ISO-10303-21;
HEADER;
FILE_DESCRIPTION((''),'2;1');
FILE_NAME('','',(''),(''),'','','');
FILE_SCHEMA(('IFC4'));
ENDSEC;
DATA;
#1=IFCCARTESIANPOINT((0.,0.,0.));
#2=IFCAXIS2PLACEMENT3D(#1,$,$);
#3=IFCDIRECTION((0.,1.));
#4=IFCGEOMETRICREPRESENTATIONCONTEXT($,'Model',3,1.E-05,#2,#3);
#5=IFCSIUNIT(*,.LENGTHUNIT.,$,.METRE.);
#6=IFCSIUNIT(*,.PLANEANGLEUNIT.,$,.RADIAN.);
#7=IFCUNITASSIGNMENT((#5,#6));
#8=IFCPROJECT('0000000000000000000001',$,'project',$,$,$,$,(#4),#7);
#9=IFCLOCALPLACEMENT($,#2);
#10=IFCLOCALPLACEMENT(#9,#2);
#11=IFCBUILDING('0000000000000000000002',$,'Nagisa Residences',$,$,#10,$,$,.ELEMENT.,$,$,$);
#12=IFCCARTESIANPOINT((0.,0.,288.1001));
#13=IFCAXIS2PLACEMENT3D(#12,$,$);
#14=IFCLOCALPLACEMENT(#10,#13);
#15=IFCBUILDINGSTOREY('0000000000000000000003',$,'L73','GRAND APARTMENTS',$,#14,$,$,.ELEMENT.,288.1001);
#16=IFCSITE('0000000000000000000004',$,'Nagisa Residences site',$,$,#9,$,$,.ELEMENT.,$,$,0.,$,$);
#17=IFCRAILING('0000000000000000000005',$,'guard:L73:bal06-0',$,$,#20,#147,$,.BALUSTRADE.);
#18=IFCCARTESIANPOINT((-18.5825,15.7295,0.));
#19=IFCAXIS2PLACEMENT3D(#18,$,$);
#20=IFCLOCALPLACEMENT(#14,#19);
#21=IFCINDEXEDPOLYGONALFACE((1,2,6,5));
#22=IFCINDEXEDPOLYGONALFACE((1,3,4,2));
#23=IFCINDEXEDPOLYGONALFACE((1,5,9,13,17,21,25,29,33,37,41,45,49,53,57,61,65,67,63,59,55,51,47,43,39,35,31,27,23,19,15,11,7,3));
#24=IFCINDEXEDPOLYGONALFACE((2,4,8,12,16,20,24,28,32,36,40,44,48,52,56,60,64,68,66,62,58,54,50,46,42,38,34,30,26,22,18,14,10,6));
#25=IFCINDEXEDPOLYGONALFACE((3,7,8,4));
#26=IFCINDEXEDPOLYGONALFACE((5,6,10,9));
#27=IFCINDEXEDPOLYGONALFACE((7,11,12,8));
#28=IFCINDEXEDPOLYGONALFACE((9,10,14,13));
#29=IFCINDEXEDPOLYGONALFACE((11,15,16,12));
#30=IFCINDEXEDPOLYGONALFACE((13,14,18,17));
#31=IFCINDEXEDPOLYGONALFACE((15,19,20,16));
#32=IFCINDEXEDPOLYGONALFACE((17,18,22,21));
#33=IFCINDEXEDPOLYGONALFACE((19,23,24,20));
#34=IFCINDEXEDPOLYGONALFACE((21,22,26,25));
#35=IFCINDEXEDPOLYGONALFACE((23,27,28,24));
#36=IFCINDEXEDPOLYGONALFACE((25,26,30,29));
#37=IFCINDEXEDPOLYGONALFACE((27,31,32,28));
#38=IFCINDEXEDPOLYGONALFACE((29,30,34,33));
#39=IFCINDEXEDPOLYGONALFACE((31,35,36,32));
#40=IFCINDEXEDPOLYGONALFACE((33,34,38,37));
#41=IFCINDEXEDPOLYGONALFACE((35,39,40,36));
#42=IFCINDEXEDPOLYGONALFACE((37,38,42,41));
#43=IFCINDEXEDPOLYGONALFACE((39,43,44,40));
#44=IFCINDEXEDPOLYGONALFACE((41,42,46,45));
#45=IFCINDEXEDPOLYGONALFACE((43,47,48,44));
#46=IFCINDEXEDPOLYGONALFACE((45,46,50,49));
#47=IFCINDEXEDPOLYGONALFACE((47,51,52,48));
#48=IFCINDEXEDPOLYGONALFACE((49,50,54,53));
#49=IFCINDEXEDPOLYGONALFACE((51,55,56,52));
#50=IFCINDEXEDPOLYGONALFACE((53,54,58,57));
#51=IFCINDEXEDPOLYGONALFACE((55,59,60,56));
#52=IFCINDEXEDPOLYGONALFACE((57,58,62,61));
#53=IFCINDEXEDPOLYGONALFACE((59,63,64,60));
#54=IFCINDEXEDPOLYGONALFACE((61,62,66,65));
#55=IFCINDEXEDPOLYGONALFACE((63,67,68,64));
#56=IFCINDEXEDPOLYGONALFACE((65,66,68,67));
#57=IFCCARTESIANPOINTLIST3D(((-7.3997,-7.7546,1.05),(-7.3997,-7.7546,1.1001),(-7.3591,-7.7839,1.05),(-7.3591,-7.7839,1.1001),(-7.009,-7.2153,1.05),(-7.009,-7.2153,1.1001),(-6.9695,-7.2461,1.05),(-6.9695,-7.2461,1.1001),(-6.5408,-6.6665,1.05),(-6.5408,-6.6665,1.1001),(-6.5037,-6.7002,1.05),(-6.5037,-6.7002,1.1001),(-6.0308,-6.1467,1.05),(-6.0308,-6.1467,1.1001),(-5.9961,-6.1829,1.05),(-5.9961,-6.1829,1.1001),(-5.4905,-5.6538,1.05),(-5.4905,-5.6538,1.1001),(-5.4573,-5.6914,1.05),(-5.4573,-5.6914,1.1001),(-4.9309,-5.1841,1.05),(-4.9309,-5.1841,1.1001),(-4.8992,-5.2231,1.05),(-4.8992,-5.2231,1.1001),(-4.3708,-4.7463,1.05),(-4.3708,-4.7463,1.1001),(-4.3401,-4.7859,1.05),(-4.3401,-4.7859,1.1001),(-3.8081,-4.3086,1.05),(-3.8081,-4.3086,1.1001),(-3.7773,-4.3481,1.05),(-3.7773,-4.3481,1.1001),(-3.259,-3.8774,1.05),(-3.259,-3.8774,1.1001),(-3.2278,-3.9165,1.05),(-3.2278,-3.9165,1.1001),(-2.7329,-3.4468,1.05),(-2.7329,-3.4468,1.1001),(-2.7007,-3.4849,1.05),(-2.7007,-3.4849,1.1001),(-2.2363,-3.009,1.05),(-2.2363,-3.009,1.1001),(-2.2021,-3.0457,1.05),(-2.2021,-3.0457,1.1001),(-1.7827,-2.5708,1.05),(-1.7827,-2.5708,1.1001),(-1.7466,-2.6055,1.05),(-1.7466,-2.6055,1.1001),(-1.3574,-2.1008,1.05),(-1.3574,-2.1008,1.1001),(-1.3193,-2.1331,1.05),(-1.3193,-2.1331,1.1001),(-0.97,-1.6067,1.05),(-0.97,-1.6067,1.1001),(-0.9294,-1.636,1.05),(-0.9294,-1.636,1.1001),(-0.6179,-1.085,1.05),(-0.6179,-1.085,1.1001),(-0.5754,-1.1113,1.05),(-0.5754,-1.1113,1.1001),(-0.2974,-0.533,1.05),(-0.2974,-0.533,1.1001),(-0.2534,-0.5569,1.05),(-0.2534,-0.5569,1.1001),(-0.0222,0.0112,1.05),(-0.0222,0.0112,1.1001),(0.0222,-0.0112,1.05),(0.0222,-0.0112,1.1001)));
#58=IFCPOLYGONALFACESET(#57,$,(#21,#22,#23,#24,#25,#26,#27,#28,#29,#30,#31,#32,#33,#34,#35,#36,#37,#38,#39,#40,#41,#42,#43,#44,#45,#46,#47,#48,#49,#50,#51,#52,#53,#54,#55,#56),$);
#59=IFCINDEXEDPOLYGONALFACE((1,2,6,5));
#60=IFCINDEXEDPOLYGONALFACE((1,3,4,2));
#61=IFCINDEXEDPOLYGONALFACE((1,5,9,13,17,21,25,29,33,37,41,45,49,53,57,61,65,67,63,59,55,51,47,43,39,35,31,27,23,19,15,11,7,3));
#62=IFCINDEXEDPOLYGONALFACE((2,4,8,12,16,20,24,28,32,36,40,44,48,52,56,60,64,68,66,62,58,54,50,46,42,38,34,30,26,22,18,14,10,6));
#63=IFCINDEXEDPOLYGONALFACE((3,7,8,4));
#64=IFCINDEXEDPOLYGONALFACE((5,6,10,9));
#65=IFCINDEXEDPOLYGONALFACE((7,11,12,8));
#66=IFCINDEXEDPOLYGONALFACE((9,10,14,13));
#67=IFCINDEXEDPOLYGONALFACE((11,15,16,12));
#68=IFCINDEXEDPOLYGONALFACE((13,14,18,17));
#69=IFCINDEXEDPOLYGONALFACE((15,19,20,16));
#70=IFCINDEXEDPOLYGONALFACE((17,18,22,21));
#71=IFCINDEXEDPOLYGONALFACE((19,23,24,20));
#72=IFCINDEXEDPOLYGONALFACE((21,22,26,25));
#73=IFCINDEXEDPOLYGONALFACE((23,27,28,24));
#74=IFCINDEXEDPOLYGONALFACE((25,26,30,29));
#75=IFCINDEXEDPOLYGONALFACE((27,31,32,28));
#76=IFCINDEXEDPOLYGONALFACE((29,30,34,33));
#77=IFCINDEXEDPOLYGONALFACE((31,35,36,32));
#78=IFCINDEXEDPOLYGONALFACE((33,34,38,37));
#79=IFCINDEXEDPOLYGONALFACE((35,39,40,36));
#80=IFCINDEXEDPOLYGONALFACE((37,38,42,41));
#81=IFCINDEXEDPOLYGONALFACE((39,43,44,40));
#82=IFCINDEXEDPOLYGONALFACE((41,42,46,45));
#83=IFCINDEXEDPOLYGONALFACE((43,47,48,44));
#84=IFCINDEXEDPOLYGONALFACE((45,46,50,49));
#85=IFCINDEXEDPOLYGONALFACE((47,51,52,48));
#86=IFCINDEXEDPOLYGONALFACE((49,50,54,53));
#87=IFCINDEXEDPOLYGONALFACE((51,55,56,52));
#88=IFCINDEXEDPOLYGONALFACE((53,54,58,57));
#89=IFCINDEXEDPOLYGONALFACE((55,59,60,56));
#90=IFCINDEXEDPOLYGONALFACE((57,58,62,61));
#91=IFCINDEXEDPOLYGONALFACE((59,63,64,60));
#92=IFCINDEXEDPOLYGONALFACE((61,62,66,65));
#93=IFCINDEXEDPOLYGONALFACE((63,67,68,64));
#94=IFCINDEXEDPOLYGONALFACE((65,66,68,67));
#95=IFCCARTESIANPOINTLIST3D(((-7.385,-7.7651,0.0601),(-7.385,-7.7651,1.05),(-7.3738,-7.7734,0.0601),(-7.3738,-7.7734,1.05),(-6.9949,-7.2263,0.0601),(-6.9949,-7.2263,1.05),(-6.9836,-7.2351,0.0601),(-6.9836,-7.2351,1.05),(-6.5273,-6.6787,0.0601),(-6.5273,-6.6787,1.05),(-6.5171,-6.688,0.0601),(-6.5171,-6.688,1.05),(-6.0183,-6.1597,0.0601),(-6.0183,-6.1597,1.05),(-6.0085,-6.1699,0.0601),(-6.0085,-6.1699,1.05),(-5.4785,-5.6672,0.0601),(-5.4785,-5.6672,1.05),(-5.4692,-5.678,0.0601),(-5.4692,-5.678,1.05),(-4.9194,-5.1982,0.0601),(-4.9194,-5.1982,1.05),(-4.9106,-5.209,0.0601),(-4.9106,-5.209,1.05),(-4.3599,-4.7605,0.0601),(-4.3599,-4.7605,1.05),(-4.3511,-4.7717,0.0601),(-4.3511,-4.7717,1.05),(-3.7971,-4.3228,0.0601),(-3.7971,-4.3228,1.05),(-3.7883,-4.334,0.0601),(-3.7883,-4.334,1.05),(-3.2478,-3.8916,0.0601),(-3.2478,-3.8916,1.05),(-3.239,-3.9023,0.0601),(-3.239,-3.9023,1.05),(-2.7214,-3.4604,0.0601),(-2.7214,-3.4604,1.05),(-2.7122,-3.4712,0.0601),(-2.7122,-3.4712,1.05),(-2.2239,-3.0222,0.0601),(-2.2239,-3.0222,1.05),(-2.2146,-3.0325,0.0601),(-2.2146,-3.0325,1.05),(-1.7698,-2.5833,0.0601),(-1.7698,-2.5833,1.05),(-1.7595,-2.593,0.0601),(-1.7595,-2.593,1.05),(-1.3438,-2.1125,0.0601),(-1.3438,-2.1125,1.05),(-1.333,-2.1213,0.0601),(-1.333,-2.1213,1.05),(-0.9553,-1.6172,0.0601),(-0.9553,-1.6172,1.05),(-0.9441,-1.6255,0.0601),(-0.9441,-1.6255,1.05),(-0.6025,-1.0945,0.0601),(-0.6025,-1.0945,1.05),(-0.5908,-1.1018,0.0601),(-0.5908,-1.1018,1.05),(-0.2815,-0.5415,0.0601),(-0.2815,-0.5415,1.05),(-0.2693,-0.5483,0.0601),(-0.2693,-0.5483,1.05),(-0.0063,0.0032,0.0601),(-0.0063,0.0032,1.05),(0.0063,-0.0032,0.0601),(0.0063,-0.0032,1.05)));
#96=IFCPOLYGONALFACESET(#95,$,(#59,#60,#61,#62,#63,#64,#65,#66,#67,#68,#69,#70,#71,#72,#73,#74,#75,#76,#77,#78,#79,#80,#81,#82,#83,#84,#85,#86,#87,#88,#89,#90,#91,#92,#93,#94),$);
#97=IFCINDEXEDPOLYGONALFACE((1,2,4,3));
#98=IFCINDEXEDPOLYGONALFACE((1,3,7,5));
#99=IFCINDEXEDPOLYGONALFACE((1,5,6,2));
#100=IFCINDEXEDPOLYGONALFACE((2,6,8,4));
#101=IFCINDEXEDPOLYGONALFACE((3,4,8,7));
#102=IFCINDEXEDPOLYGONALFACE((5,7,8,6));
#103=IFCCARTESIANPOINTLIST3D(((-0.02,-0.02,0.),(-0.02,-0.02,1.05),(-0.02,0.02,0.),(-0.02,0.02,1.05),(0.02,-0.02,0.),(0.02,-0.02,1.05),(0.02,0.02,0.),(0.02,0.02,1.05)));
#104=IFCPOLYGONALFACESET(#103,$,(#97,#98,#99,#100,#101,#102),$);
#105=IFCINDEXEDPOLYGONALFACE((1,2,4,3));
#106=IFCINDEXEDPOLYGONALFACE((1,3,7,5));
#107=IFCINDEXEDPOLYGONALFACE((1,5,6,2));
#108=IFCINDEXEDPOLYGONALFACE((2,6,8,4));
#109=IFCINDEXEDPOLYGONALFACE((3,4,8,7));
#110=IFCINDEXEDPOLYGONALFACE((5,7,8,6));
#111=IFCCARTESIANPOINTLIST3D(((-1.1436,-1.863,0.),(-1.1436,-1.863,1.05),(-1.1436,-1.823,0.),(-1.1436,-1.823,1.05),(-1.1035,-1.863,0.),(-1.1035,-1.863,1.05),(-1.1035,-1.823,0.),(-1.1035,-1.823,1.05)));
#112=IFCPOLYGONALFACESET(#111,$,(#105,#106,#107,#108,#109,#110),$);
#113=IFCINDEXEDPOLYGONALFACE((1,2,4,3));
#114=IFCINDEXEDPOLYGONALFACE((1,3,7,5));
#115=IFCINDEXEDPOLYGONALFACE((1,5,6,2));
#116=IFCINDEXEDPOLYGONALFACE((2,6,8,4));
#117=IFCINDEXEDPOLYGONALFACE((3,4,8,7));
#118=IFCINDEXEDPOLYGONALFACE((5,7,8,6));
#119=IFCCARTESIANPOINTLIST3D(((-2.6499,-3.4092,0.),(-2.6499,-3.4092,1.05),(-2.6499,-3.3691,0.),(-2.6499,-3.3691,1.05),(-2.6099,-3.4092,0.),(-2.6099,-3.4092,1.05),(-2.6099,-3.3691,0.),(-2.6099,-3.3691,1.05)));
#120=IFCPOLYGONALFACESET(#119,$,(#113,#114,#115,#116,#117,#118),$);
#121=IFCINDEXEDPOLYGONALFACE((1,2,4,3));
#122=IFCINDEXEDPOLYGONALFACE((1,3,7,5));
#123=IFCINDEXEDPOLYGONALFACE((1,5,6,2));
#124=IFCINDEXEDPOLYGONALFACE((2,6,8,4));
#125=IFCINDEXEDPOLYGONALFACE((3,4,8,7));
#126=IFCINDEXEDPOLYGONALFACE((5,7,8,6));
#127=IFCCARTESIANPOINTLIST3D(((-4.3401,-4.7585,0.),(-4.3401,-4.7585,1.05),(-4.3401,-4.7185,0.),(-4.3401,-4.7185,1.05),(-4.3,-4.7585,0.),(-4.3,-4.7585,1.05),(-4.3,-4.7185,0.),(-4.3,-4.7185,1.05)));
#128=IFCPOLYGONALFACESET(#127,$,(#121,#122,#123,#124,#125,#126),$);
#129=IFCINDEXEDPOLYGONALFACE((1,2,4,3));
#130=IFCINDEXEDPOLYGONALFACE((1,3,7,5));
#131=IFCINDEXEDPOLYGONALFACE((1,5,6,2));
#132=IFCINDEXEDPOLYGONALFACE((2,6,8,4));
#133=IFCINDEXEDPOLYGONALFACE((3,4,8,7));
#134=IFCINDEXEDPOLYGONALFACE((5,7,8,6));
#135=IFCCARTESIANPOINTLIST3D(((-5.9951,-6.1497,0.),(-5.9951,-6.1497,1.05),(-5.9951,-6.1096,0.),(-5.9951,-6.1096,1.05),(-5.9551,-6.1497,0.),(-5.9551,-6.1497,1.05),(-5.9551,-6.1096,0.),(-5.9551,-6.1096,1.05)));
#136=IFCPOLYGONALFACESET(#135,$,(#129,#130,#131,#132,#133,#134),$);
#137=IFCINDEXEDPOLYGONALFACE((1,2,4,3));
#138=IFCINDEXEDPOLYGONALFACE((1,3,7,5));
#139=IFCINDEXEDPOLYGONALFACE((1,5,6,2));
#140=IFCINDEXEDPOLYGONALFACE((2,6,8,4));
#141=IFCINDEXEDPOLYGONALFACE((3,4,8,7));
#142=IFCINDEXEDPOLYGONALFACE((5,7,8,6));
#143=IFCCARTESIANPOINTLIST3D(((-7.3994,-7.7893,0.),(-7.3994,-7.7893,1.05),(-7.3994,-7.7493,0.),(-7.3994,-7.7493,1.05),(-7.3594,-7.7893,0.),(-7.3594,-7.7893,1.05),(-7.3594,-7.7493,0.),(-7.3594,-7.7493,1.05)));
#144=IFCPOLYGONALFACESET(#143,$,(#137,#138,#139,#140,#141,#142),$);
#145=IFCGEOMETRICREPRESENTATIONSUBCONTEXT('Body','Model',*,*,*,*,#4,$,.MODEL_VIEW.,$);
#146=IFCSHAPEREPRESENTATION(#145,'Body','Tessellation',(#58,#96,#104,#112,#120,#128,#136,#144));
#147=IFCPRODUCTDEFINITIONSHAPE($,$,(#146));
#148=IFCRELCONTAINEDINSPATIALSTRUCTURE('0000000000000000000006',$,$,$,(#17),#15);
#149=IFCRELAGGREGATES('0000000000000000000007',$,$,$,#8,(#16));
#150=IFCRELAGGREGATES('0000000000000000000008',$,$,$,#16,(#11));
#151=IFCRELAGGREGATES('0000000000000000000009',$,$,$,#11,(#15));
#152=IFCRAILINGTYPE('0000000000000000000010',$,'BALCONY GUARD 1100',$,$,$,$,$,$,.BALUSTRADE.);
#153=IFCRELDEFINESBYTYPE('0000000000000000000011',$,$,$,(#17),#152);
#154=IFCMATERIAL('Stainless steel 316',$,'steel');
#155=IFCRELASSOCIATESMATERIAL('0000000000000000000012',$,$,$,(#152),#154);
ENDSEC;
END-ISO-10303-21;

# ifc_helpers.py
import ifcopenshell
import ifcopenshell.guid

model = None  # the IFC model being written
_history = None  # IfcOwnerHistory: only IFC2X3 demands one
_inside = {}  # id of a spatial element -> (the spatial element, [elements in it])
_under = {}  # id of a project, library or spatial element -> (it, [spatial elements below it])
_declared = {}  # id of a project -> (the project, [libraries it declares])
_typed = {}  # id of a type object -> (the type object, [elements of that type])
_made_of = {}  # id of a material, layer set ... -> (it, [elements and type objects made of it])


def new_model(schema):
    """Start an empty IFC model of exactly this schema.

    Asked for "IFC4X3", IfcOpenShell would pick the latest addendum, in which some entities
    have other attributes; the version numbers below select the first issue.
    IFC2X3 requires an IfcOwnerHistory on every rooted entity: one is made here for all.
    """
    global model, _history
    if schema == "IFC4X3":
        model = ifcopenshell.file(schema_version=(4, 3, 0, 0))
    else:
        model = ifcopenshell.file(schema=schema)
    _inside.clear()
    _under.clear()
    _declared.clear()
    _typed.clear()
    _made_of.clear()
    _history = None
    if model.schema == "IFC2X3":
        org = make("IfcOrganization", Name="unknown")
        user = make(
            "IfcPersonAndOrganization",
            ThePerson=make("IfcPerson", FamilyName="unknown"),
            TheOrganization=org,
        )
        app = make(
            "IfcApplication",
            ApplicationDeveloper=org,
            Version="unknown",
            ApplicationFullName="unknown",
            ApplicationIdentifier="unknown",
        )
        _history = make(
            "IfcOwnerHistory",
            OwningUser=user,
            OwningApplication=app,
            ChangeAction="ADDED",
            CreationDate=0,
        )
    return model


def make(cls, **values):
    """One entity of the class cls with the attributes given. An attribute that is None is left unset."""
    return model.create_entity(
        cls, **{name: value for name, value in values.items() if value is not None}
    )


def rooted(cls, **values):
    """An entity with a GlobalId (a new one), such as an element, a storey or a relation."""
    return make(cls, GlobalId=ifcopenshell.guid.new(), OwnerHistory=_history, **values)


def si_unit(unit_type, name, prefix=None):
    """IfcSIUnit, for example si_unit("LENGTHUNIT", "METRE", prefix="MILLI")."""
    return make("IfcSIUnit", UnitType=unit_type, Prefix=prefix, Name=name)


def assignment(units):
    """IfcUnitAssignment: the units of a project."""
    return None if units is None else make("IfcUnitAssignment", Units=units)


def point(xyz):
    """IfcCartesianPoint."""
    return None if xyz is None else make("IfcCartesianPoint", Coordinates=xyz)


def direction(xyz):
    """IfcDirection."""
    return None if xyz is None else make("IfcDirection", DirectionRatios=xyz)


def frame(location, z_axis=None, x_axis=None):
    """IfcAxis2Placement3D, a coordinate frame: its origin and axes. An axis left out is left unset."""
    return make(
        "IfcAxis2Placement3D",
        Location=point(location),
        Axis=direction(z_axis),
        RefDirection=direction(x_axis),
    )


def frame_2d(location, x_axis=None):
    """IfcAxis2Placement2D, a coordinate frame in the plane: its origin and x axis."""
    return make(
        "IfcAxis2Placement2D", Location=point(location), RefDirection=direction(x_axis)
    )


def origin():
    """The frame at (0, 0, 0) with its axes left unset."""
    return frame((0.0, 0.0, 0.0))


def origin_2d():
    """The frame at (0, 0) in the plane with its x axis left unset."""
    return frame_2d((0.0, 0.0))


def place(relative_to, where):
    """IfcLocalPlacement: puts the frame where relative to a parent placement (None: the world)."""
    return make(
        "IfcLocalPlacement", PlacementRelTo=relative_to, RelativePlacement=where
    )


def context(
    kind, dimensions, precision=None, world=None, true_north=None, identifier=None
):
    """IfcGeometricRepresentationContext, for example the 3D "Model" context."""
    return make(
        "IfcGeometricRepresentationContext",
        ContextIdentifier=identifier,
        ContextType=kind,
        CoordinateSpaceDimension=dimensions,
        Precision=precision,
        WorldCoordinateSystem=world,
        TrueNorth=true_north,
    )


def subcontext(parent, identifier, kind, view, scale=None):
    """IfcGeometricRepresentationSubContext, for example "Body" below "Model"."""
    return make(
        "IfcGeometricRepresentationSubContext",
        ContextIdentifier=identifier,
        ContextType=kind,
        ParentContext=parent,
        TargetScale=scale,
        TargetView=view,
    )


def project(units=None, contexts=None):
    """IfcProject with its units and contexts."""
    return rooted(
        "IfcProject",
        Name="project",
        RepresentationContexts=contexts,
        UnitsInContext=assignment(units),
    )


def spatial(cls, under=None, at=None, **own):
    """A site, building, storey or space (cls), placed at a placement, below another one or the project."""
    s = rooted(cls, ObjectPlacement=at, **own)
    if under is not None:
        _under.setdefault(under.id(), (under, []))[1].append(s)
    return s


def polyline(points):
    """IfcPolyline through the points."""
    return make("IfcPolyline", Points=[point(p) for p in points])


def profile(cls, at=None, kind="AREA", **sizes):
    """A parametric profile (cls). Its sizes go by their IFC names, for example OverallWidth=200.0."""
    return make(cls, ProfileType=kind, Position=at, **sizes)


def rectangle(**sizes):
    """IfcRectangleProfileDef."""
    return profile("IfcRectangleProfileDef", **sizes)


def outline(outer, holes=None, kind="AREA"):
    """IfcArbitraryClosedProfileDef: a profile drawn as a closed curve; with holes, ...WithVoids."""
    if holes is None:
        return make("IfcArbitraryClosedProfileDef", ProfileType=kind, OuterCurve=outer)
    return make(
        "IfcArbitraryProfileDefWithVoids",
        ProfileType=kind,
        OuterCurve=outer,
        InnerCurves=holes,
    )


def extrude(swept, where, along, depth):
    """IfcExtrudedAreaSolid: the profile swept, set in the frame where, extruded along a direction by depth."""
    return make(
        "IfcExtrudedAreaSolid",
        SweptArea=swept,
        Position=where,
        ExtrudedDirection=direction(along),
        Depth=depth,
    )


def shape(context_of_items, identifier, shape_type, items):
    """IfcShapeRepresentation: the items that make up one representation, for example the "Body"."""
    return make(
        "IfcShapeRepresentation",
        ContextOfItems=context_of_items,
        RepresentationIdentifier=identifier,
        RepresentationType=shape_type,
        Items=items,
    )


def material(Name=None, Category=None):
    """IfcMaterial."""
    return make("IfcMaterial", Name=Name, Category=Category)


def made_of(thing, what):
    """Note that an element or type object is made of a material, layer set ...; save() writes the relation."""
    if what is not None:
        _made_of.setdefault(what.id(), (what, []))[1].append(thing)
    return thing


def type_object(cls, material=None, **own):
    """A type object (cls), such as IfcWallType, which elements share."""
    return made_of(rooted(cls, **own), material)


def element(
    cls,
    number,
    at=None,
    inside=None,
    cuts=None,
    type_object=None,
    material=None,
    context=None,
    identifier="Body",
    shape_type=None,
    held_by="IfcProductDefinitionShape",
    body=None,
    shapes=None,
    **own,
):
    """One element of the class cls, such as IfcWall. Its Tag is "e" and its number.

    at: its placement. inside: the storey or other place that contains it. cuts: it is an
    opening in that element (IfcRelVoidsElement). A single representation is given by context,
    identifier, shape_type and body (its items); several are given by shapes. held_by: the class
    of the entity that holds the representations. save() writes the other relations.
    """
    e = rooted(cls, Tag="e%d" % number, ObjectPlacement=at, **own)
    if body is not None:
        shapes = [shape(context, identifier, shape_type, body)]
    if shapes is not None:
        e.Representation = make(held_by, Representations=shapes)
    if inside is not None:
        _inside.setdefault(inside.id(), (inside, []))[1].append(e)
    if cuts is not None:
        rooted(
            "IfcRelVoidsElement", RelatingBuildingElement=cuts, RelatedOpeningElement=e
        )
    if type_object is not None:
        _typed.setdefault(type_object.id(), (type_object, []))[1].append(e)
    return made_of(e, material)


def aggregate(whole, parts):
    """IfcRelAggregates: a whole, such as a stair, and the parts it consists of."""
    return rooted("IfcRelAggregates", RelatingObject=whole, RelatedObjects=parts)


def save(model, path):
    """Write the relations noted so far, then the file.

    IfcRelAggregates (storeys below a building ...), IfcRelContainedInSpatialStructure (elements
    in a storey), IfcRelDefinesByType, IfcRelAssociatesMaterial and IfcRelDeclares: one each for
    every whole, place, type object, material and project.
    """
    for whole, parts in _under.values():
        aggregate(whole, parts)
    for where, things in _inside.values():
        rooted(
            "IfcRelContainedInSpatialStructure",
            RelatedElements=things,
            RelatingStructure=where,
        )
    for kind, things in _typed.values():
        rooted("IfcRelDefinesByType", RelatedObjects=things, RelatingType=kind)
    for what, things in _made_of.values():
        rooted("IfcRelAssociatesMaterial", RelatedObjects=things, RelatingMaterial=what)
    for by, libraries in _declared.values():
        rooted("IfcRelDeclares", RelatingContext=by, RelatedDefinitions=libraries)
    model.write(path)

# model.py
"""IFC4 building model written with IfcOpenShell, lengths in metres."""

from ifc_helpers import new_model, si_unit, direction, frame, origin, origin_2d, place, context, subcontext, project, spatial, polyline, rectangle, outline, extrude, material, type_object, element, save


model = new_model("IFC4")

# Units and contexts
model_context = context("Model", 3, precision=1e-05, world=origin(), true_north=direction((0.0, 1.0)))
body_context = subcontext(model_context, "Body", "Model", "MODEL_VIEW")
ifc_project = project(units=[si_unit("LENGTHUNIT", "METRE"), si_unit("PLANEANGLEUNIT", "RADIAN")], contexts=[model_context])

# Site, building, storey
site_placement = place(None, origin())
site = spatial("IfcSite", under=ifc_project, at=site_placement, Name="Nagisa Residences site", CompositionType="ELEMENT", RefElevation=0.0)
building_placement = place(site_placement, origin())
building = spatial("IfcBuilding", under=site, at=building_placement, Name="Nagisa Residences", CompositionType="ELEMENT")
storey_placement = place(building_placement, frame((0.0, 0.0, 288.1001)))
storey = spatial("IfcBuildingStorey", under=building, at=storey_placement, Name="L73", Description="GRAND APARTMENTS", CompositionType="ELEMENT", Elevation=288.1001)

# Railing
ifc_material_1 = material(Name="Stainless steel 316", Category="steel")
railing_type = type_object("IfcRailingType", Name="BALCONY GUARD 1100", PredefinedType="BALUSTRADE", material=ifc_material_1)
railing_1_placement = place(storey_placement, frame((-18.5825, 15.7295, 0.0)))
element("IfcRailing", 1, at=railing_1_placement, inside=storey, type_object=railing_type, Name="guard:L73:bal06-0", PredefinedType="BALUSTRADE", context=body_context, shape_type="SweptSolid", body=[
    extrude(outline(polyline([(-0.2534, -0.5569), (0.0222, -0.0112), (-0.0222, 0.0112), (-0.2974, -0.533), (-0.6179, -1.085), (-0.97, -1.6067), (-1.3574, -2.1008), (-1.7827, -2.5708), (-2.2363, -3.009), (-2.7329, -3.4468), (-3.259, -3.8774), (-3.8081, -4.3086), (-4.3708, -4.7463), (-4.9309, -5.1841), (-5.4905, -5.6538), (-6.0308, -6.1467), (-6.5408, -6.6665), (-7.009, -7.2153), (-7.3997, -7.7546), (-7.3591, -7.7839), (-6.9695, -7.2461), (-6.5037, -6.7002), (-5.9961, -6.1829), (-5.4573, -5.6914), (-4.8992, -5.2231), (-4.3401, -4.7859), (-3.7773, -4.3481), (-3.2278, -3.9165), (-2.7007, -3.4849), (-2.2021, -3.0457), (-1.7466, -2.6055), (-1.3193, -2.1331), (-0.9294, -1.636), (-0.5754, -1.1113), (-0.2534, -0.5569)])), frame((0.0, 0.0, 1.05)), (0.0, 0.0, 1.0), 0.05),
    extrude(outline(polyline([(-0.2693, -0.5483), (0.0063, -0.0032), (-0.0063, 0.0032), (-0.2815, -0.5415), (-0.6025, -1.0945), (-0.9553, -1.6172), (-1.3438, -2.1125), (-1.7698, -2.5833), (-2.2239, -3.0222), (-2.7214, -3.4604), (-3.2478, -3.8916), (-3.7971, -4.3228), (-4.3599, -4.7605), (-4.9194, -5.1982), (-5.4785, -5.6672), (-6.0183, -6.1597), (-6.5273, -6.6787), (-6.9949, -7.2263), (-7.385, -7.7651), (-7.3738, -7.7734), (-6.9836, -7.2351), (-6.5171, -6.688), (-6.0085, -6.1699), (-5.4692, -5.678), (-4.9106, -5.209), (-4.3511, -4.7717), (-3.7883, -4.334), (-3.239, -3.9023), (-2.7122, -3.4712), (-2.2146, -3.0325), (-1.7595, -2.593), (-1.333, -2.1213), (-0.9441, -1.6255), (-0.5908, -1.1018), (-0.2693, -0.5483)])), frame((0.0, 0.0, 0.0601)), (0.0, 0.0, 1.0), 0.99),
    extrude(rectangle(XDim=0.04, YDim=0.04, at=origin_2d()), origin(), (0.0, 0.0, 1.0), 1.05),
    extrude(rectangle(XDim=0.04, YDim=0.04, at=origin_2d()), frame((-1.1235, -1.843, 0.0)), (0.0, 0.0, 1.0), 1.05),
    extrude(rectangle(XDim=0.04, YDim=0.04, at=origin_2d()), frame((-2.6299, -3.3892, 0.0)), (0.0, 0.0, 1.0), 1.05),
    extrude(rectangle(XDim=0.04, YDim=0.04, at=origin_2d()), frame((-4.3201, -4.7385, 0.0)), (0.0, 0.0, 1.0), 1.05),
    extrude(rectangle(XDim=0.04, YDim=0.04, at=origin_2d()), frame((-5.9751, -6.1296, 0.0)), (0.0, 0.0, 1.0), 1.05),
    extrude(rectangle(XDim=0.04, YDim=0.04, at=origin_2d()), frame((-7.3794, -7.7693, 0.0)), (0.0, 0.0, 1.0), 1.05),
])

save(model, "model.ifc")
